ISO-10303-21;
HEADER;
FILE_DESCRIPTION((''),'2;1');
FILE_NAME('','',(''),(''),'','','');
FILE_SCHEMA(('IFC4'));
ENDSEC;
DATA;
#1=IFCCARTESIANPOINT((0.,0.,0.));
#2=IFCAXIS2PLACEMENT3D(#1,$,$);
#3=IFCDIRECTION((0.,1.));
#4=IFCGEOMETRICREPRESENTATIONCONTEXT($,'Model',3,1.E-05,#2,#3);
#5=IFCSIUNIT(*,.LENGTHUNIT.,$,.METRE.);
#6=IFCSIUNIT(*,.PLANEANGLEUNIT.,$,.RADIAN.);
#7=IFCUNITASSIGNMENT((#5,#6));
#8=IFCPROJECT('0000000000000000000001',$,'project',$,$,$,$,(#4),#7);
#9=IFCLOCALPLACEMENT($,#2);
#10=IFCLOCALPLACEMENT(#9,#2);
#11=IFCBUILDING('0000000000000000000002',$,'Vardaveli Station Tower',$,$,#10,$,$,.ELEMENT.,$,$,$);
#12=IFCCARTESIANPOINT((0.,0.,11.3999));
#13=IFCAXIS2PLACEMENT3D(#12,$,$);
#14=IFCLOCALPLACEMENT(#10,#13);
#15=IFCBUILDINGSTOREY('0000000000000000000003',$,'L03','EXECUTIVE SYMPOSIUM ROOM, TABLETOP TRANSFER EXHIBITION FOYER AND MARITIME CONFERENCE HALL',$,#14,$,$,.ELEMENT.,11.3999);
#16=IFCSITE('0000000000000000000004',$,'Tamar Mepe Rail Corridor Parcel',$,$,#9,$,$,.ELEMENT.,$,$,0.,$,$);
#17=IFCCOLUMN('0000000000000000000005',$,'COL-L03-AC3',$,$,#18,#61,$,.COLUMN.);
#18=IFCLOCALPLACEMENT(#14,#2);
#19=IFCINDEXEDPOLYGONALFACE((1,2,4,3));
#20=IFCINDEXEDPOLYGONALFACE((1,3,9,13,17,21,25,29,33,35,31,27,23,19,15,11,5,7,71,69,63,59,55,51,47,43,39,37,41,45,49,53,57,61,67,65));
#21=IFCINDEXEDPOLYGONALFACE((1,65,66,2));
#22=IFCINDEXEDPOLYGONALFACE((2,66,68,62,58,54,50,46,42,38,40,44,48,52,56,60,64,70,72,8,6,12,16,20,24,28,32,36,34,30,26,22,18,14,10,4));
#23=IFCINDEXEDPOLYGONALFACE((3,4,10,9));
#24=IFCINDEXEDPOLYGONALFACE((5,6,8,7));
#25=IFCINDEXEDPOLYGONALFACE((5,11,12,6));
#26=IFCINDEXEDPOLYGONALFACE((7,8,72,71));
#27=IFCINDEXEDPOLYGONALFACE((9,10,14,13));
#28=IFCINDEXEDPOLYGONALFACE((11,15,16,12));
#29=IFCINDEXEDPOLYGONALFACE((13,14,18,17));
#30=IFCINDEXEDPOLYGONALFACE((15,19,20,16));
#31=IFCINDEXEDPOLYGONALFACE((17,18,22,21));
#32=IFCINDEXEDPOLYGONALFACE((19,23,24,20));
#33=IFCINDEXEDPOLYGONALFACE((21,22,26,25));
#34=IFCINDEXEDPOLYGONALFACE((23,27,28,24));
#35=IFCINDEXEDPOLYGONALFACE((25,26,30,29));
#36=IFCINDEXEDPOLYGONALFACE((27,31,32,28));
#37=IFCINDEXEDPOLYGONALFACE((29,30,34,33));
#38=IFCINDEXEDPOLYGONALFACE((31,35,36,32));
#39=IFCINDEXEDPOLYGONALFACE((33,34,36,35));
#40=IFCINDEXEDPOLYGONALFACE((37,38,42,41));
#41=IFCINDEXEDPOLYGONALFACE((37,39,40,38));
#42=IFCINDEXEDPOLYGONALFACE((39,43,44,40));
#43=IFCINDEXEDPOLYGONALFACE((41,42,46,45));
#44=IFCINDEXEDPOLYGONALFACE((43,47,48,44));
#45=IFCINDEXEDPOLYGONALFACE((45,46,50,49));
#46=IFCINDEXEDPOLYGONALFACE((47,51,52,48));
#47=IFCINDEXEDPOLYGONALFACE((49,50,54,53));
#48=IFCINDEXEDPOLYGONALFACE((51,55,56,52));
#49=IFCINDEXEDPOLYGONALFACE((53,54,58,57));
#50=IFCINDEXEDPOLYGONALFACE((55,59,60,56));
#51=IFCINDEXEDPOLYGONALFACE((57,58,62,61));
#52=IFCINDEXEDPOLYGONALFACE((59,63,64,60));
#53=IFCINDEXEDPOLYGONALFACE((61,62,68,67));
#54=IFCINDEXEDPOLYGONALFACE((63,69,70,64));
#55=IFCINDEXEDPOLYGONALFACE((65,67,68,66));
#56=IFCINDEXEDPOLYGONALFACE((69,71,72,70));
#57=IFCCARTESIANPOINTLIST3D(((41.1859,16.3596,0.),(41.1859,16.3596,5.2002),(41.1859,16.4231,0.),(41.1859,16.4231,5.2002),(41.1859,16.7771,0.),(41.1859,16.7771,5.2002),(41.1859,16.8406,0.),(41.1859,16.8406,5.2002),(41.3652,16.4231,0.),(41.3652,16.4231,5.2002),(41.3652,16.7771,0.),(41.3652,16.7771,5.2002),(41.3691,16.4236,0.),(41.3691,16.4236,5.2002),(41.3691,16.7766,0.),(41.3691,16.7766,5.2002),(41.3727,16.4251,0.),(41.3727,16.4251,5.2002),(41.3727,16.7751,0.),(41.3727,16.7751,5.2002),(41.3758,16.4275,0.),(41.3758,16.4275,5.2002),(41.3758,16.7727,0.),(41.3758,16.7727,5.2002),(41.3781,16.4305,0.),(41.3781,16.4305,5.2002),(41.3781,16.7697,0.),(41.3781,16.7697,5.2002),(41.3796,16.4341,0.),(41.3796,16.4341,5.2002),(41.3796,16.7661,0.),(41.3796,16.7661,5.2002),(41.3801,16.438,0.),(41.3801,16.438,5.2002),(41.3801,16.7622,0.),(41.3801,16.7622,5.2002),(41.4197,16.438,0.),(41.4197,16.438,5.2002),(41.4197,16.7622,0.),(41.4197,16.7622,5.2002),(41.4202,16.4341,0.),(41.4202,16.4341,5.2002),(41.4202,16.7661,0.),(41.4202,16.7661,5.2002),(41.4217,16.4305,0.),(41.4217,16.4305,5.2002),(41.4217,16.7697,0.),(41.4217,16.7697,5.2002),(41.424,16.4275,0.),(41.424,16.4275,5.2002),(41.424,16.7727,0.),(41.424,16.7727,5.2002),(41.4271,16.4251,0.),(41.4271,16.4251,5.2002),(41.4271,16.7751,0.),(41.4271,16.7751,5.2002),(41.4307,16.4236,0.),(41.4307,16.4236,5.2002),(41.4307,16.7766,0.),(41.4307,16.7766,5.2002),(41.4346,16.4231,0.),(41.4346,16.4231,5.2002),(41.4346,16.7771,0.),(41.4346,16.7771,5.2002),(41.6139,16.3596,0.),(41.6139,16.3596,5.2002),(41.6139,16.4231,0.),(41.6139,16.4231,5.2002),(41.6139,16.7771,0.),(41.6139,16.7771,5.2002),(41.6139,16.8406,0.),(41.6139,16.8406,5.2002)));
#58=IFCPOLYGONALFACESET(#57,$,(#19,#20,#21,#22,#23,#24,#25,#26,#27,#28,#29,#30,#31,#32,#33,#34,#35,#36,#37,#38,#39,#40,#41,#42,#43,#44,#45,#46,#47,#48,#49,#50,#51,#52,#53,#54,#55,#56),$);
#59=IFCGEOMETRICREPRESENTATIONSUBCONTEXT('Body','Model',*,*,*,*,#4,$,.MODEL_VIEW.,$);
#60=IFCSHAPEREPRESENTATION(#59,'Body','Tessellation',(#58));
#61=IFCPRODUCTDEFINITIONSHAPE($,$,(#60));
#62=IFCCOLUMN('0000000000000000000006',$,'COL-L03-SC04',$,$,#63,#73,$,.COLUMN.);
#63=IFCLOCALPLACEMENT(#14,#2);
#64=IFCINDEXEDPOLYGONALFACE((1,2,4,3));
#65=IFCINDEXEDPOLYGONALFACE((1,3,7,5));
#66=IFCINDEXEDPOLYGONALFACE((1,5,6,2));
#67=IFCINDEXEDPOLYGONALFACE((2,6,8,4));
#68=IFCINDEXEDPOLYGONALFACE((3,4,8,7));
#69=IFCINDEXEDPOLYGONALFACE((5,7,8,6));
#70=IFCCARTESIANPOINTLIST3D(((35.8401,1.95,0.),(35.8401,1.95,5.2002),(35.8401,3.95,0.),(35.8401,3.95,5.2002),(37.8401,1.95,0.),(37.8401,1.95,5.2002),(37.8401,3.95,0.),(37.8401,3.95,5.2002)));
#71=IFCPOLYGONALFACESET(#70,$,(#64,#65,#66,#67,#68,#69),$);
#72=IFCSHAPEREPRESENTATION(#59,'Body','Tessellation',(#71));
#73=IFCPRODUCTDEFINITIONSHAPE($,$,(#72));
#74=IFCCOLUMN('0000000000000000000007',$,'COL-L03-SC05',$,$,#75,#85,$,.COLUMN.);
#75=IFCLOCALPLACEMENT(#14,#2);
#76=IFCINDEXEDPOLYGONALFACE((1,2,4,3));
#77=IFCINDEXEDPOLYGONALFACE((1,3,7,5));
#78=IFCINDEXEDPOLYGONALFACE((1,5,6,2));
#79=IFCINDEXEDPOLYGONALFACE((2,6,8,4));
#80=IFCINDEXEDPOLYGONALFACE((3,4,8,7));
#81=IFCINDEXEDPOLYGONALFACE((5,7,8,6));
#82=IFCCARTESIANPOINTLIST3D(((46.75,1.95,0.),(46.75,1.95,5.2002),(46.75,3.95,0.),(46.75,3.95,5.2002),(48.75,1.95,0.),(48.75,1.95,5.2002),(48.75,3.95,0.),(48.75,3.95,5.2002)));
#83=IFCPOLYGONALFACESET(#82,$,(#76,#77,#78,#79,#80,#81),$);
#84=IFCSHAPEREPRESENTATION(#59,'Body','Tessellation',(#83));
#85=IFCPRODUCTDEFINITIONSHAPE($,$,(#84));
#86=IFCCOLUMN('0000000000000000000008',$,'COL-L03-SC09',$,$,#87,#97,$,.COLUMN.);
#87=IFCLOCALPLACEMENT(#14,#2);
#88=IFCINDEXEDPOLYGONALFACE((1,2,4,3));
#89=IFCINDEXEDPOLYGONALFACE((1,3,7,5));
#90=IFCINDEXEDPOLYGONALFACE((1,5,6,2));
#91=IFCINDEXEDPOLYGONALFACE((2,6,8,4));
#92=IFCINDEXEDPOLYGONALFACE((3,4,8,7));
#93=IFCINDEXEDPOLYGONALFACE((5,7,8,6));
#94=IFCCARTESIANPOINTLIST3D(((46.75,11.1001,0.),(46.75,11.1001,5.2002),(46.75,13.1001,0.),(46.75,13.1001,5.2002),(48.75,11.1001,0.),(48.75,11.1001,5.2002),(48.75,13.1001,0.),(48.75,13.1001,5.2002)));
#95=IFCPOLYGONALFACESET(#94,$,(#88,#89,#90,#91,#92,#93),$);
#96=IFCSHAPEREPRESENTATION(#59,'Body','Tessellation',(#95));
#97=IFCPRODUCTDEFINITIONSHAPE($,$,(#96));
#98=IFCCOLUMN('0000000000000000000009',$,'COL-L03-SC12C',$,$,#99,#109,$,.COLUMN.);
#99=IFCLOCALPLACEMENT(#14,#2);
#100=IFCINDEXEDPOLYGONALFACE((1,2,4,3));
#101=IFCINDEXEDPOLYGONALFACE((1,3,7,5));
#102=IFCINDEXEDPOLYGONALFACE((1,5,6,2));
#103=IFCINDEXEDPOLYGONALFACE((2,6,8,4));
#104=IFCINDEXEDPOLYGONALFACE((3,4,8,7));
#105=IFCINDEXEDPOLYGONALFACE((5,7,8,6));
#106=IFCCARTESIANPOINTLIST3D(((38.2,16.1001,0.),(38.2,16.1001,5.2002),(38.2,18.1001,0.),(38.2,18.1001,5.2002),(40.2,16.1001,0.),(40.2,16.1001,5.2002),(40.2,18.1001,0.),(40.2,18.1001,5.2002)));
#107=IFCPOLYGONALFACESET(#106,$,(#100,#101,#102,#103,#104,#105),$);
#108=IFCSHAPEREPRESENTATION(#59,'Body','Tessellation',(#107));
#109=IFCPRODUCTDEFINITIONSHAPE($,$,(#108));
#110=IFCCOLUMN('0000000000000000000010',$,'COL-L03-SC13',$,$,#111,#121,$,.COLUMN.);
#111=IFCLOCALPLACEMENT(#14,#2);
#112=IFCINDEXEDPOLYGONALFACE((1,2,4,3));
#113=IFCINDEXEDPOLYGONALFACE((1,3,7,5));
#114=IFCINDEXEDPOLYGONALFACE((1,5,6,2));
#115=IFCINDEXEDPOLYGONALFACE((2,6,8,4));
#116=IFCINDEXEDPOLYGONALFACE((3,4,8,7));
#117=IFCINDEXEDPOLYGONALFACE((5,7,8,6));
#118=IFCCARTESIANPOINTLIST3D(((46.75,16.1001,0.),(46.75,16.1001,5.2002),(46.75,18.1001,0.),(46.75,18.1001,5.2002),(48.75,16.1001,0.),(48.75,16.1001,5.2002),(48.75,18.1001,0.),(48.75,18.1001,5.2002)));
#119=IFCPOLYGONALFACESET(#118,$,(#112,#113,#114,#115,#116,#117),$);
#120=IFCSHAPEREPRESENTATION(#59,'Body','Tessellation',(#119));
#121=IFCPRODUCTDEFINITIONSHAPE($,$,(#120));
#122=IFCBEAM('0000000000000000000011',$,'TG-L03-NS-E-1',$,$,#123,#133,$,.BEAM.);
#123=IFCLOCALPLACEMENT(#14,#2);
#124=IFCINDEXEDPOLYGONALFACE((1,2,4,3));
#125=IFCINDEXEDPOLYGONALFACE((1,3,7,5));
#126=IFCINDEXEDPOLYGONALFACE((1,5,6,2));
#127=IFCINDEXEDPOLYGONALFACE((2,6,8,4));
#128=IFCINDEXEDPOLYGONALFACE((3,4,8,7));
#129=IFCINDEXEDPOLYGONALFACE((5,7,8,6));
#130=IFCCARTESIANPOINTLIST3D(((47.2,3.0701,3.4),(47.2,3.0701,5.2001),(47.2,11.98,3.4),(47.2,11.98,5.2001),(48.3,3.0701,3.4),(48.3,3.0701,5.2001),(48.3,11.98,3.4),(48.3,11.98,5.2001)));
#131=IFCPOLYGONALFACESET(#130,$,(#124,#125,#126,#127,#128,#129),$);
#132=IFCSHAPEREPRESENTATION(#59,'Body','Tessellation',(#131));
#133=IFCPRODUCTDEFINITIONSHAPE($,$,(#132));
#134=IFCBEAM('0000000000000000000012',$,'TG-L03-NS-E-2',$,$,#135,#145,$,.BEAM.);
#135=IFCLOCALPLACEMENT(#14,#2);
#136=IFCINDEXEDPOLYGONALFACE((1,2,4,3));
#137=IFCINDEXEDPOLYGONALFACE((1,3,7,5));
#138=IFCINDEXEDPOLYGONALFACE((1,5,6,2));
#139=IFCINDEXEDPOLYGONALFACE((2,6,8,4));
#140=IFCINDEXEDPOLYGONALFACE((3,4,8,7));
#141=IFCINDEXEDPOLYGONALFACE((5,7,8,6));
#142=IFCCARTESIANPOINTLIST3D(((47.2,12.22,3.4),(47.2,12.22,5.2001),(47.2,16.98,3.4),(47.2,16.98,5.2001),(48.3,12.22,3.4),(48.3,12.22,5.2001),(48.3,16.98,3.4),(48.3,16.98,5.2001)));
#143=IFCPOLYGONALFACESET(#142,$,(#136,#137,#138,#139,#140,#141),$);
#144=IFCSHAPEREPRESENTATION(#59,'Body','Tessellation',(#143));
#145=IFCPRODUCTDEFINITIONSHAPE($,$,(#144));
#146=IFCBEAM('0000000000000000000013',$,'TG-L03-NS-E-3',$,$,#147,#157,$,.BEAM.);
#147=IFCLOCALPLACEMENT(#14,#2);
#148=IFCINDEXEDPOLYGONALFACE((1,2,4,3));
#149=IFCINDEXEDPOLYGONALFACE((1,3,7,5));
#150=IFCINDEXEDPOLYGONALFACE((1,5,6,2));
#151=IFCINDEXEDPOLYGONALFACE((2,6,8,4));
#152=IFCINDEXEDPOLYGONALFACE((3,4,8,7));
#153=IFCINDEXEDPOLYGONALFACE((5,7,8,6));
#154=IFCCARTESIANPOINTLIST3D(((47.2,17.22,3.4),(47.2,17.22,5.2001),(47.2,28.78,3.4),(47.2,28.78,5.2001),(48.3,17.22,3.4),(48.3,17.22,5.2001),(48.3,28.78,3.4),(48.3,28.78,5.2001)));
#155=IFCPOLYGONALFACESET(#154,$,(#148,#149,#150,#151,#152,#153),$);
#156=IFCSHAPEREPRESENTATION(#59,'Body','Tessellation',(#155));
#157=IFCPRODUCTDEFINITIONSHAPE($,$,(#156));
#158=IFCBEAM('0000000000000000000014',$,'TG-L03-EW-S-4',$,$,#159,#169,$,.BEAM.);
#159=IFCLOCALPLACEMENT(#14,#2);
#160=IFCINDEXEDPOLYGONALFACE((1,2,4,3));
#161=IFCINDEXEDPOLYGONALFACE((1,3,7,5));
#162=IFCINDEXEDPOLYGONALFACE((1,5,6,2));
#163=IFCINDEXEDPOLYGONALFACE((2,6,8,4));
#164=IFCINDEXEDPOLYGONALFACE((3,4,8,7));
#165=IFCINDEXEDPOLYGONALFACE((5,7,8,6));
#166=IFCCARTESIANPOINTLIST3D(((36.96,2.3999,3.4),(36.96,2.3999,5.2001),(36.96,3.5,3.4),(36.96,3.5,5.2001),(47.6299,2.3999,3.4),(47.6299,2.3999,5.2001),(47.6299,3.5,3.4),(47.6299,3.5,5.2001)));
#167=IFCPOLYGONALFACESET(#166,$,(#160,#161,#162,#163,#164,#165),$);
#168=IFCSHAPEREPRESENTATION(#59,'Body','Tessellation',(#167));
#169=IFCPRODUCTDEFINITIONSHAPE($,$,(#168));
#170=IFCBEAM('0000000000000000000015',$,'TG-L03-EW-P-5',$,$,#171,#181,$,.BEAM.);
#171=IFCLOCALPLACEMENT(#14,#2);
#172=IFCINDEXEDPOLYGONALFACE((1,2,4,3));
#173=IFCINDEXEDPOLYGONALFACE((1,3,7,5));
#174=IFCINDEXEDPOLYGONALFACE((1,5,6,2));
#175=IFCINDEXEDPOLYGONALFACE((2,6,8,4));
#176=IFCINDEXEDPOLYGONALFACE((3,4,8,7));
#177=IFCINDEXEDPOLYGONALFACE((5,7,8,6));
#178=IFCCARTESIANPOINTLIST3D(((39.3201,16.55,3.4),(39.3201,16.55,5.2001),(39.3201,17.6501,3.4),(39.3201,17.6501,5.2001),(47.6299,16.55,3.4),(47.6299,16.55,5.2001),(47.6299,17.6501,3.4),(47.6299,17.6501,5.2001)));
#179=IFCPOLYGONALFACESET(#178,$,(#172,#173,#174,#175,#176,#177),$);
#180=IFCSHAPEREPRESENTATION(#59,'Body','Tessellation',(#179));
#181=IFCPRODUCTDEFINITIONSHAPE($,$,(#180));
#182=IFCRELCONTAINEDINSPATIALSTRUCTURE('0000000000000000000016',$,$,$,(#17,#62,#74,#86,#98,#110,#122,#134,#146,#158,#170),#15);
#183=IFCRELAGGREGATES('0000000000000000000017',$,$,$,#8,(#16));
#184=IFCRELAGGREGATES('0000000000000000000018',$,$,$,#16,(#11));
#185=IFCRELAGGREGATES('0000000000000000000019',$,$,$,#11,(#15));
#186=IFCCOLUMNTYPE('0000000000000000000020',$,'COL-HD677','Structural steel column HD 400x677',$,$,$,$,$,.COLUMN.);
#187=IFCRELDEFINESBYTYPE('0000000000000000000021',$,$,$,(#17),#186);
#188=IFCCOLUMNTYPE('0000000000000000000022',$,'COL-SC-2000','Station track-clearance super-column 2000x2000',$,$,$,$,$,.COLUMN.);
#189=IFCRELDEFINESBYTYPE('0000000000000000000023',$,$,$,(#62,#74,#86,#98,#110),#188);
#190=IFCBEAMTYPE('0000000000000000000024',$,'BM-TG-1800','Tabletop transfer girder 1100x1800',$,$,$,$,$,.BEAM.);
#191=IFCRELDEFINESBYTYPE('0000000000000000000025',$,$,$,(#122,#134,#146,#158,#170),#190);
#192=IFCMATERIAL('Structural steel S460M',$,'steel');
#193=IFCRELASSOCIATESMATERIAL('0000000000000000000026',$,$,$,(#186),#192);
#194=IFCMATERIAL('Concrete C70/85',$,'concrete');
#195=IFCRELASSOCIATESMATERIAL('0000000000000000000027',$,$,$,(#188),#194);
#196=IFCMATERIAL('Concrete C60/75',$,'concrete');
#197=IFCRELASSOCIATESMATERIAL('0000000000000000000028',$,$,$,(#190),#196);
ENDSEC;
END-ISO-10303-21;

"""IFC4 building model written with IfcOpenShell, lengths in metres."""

from ifc_helpers import new_model, si_unit, direction, frame, origin, origin_2d, place, context, subcontext, project, spatial, rectangle, i_section, extrude, source, transform, mapped, material, material_profile, profile_set, type_object, element, save


model = new_model("IFC4")

# Units and contexts
model_context = context("Model", 3, precision=1e-05, world=origin(), true_north=direction((0.0, 1.0)))
body_context = subcontext(model_context, "Body", "Model", "MODEL_VIEW")
ifc_project = project(units=[si_unit("LENGTHUNIT", "METRE"), si_unit("PLANEANGLEUNIT", "RADIAN")], contexts=[model_context])

# Site, building, storey
site_placement = place(None, origin())
site = spatial("IfcSite", under=ifc_project, at=site_placement, Name="Tamar Mepe Rail Corridor Parcel", CompositionType="ELEMENT", RefElevation=0.0)
building_placement = place(site_placement, origin())
building = spatial("IfcBuilding", under=site, at=building_placement, Name="Vardaveli Station Tower", CompositionType="ELEMENT")
storey_placement = place(building_placement, frame((0.0, 0.0, 11.3999)))
storey = spatial("IfcBuildingStorey", under=building, at=storey_placement, Name="L03", Description="EXECUTIVE SYMPOSIUM ROOM, TABLETOP TRANSFER EXHIBITION FOYER AND MARITIME CONFERENCE HALL", CompositionType="ELEMENT", Elevation=11.3999)

# Columns
ifc_material_1 = material(Name="Structural steel S460M", Category="steel")
ifc_material_profile_1 = material_profile(ifc_material_1, i_section(OverallWidth=0.428, OverallDepth=0.481, WebThickness=0.0396, FlangeThickness=0.0635, FilletRadius=0.0149, at=origin_2d()), Name="HD 400x677")
ifc_profile_set_1 = profile_set([ifc_material_profile_1], Name="Structural steel S460M")
column_type_1 = type_object("IfcColumnType", Name="COL-HD677", Description="Structural steel column HD 400x677", PredefinedType="COLUMN", material=ifc_profile_set_1)
shared_shape_1 = source(origin(), body_context, "Body", "SweptSolid", [
    extrude(i_section(OverallWidth=0.428, OverallDepth=0.481, WebThickness=0.0396, FlangeThickness=0.0635, FilletRadius=0.0149, at=origin_2d()), origin(), (0.0, 0.0, 1.0), 5.2002),
])
column_placement = place(storey_placement, frame((41.3999, 16.6001, 0.0), z_axis=(0.0, 0.0, 1.0), x_axis=(1.0, 0.0, 0.0)))
element("IfcColumn", 1, at=column_placement, inside=storey, type_object=column_type_1, Name="COL-L03-AC3", PredefinedType="COLUMN", context=body_context, shape_type="MappedRepresentation", body=[
    mapped(shared_shape_1, transform((0.0, 0.0, 0.0), scale=1.0)),
])
ifc_material_2 = material(Name="Concrete C70/85", Category="concrete")
ifc_material_profile_2 = material_profile(ifc_material_2, rectangle(XDim=2.0, YDim=2.0, at=origin_2d()), Name="SC 2000x2000")
ifc_profile_set_2 = profile_set([ifc_material_profile_2], Name="Concrete C70/85")
column_type_2 = type_object("IfcColumnType", Name="COL-SC-2000", Description="Station track-clearance super-column 2000x2000", PredefinedType="COLUMN", material=ifc_profile_set_2)
shared_shape_2 = source(origin(), body_context, "Body", "SweptSolid", [
    extrude(rectangle(XDim=2.0, YDim=2.0, at=origin_2d()), origin(), (0.0, 0.0, 1.0), 5.2002),
])
for number, where, z_axis, x_axis, name in (
    (2, (36.8401, 2.95, 0.0), (0.0, 0.0, 1.0), (1.0, 0.0, 0.0), "COL-L03-SC04"),
    (3, (47.75, 2.95, 0.0), (0.0, 0.0, 1.0), (1.0, 0.0, 0.0), "COL-L03-SC05"),
    (4, (47.75, 12.1001, 0.0), (0.0, 0.0, 1.0), (1.0, 0.0, 0.0), "COL-L03-SC09"),
    (5, (39.2, 17.1001, 0.0), (0.0, 0.0, 1.0), (1.0, 0.0, 0.0), "COL-L03-SC12C"),
    (6, (47.75, 17.1001, 0.0), (0.0, 0.0, 1.0), (1.0, 0.0, 0.0), "COL-L03-SC13"),
):
    element("IfcColumn", number, at=place(storey_placement, frame(where, z_axis=z_axis, x_axis=x_axis)), inside=storey, type_object=column_type_2, Name=name, PredefinedType="COLUMN", context=body_context, shape_type="MappedRepresentation", body=[
        mapped(shared_shape_2, transform((0.0, 0.0, 0.0), scale=1.0)),
    ])

# Beams
ifc_material_3 = material(Name="Concrete C60/75", Category="concrete")
ifc_material_profile_3 = material_profile(ifc_material_3, rectangle(XDim=1.1001, YDim=1.8, at=origin_2d()), Name="TG 1100x1800")
ifc_profile_set_3 = profile_set([ifc_material_profile_3], Name="Concrete C60/75")
beam_type_1 = type_object("IfcBeamType", Name="BM-TG-1800", Description="Tabletop transfer girder 1100x1800", PredefinedType="BEAM", material=ifc_profile_set_3)
shared_shape_3 = source(origin(), body_context, "Body", "SweptSolid", [
    extrude(rectangle(XDim=1.1001, YDim=1.8, at=origin_2d()), origin(), (0.0, 0.0, 1.0), 8.9099),
])
beam_1_placement = place(storey_placement, frame((47.75, 3.0701, 4.3), z_axis=(0.0, 1.0, 0.0), x_axis=(-1.0, 0.0, 0.0)))
element("IfcBeam", 7, at=beam_1_placement, inside=storey, type_object=beam_type_1, Name="TG-L03-NS-E-1", PredefinedType="BEAM", context=body_context, shape_type="MappedRepresentation", body=[
    mapped(shared_shape_3, transform((0.0, 0.0, 0.0), scale=1.0)),
])
shared_shape_4 = source(origin(), body_context, "Body", "SweptSolid", [
    extrude(rectangle(XDim=1.1001, YDim=1.8, at=origin_2d()), origin(), (0.0, 0.0, 1.0), 4.76),
])
beam_2_placement = place(storey_placement, frame((47.75, 12.22, 4.3), z_axis=(0.0, 1.0, 0.0), x_axis=(-1.0, 0.0, 0.0)))
element("IfcBeam", 8, at=beam_2_placement, inside=storey, type_object=beam_type_1, Name="TG-L03-NS-E-2", PredefinedType="BEAM", context=body_context, shape_type="MappedRepresentation", body=[
    mapped(shared_shape_4, transform((0.0, 0.0, 0.0), scale=1.0)),
])
shared_shape_5 = source(origin(), body_context, "Body", "SweptSolid", [
    extrude(rectangle(XDim=1.1001, YDim=1.8, at=origin_2d()), origin(), (0.0, 0.0, 1.0), 11.5601),
])
beam_3_placement = place(storey_placement, frame((47.75, 17.22, 4.3), z_axis=(0.0, 1.0, 0.0), x_axis=(-1.0, 0.0, 0.0)))
element("IfcBeam", 9, at=beam_3_placement, inside=storey, type_object=beam_type_1, Name="TG-L03-NS-E-3", PredefinedType="BEAM", context=body_context, shape_type="MappedRepresentation", body=[
    mapped(shared_shape_5, transform((0.0, 0.0, 0.0), scale=1.0)),
])
shared_shape_6 = source(origin(), body_context, "Body", "SweptSolid", [
    extrude(rectangle(XDim=1.1001, YDim=1.8, at=origin_2d()), origin(), (0.0, 0.0, 1.0), 10.6699),
])
beam_4_placement = place(storey_placement, frame((36.96, 2.95, 4.3), z_axis=(1.0, 0.0, 0.0), x_axis=(0.0, 1.0, 0.0)))
element("IfcBeam", 10, at=beam_4_placement, inside=storey, type_object=beam_type_1, Name="TG-L03-EW-S-4", PredefinedType="BEAM", context=body_context, shape_type="MappedRepresentation", body=[
    mapped(shared_shape_6, transform((0.0, 0.0, 0.0), scale=1.0)),
])
shared_shape_7 = source(origin(), body_context, "Body", "SweptSolid", [
    extrude(rectangle(XDim=1.1001, YDim=1.8, at=origin_2d()), origin(), (0.0, 0.0, 1.0), 8.3098),
])
beam_5_placement = place(storey_placement, frame((39.3201, 17.1001, 4.3), z_axis=(1.0, 0.0, 0.0), x_axis=(0.0, 1.0, 0.0)))
element("IfcBeam", 11, at=beam_5_placement, inside=storey, type_object=beam_type_1, Name="TG-L03-EW-P-5", PredefinedType="BEAM", context=body_context, shape_type="MappedRepresentation", body=[
    mapped(shared_shape_7, transform((0.0, 0.0, 0.0), scale=1.0)),
])

save(model, "model.ifc")
